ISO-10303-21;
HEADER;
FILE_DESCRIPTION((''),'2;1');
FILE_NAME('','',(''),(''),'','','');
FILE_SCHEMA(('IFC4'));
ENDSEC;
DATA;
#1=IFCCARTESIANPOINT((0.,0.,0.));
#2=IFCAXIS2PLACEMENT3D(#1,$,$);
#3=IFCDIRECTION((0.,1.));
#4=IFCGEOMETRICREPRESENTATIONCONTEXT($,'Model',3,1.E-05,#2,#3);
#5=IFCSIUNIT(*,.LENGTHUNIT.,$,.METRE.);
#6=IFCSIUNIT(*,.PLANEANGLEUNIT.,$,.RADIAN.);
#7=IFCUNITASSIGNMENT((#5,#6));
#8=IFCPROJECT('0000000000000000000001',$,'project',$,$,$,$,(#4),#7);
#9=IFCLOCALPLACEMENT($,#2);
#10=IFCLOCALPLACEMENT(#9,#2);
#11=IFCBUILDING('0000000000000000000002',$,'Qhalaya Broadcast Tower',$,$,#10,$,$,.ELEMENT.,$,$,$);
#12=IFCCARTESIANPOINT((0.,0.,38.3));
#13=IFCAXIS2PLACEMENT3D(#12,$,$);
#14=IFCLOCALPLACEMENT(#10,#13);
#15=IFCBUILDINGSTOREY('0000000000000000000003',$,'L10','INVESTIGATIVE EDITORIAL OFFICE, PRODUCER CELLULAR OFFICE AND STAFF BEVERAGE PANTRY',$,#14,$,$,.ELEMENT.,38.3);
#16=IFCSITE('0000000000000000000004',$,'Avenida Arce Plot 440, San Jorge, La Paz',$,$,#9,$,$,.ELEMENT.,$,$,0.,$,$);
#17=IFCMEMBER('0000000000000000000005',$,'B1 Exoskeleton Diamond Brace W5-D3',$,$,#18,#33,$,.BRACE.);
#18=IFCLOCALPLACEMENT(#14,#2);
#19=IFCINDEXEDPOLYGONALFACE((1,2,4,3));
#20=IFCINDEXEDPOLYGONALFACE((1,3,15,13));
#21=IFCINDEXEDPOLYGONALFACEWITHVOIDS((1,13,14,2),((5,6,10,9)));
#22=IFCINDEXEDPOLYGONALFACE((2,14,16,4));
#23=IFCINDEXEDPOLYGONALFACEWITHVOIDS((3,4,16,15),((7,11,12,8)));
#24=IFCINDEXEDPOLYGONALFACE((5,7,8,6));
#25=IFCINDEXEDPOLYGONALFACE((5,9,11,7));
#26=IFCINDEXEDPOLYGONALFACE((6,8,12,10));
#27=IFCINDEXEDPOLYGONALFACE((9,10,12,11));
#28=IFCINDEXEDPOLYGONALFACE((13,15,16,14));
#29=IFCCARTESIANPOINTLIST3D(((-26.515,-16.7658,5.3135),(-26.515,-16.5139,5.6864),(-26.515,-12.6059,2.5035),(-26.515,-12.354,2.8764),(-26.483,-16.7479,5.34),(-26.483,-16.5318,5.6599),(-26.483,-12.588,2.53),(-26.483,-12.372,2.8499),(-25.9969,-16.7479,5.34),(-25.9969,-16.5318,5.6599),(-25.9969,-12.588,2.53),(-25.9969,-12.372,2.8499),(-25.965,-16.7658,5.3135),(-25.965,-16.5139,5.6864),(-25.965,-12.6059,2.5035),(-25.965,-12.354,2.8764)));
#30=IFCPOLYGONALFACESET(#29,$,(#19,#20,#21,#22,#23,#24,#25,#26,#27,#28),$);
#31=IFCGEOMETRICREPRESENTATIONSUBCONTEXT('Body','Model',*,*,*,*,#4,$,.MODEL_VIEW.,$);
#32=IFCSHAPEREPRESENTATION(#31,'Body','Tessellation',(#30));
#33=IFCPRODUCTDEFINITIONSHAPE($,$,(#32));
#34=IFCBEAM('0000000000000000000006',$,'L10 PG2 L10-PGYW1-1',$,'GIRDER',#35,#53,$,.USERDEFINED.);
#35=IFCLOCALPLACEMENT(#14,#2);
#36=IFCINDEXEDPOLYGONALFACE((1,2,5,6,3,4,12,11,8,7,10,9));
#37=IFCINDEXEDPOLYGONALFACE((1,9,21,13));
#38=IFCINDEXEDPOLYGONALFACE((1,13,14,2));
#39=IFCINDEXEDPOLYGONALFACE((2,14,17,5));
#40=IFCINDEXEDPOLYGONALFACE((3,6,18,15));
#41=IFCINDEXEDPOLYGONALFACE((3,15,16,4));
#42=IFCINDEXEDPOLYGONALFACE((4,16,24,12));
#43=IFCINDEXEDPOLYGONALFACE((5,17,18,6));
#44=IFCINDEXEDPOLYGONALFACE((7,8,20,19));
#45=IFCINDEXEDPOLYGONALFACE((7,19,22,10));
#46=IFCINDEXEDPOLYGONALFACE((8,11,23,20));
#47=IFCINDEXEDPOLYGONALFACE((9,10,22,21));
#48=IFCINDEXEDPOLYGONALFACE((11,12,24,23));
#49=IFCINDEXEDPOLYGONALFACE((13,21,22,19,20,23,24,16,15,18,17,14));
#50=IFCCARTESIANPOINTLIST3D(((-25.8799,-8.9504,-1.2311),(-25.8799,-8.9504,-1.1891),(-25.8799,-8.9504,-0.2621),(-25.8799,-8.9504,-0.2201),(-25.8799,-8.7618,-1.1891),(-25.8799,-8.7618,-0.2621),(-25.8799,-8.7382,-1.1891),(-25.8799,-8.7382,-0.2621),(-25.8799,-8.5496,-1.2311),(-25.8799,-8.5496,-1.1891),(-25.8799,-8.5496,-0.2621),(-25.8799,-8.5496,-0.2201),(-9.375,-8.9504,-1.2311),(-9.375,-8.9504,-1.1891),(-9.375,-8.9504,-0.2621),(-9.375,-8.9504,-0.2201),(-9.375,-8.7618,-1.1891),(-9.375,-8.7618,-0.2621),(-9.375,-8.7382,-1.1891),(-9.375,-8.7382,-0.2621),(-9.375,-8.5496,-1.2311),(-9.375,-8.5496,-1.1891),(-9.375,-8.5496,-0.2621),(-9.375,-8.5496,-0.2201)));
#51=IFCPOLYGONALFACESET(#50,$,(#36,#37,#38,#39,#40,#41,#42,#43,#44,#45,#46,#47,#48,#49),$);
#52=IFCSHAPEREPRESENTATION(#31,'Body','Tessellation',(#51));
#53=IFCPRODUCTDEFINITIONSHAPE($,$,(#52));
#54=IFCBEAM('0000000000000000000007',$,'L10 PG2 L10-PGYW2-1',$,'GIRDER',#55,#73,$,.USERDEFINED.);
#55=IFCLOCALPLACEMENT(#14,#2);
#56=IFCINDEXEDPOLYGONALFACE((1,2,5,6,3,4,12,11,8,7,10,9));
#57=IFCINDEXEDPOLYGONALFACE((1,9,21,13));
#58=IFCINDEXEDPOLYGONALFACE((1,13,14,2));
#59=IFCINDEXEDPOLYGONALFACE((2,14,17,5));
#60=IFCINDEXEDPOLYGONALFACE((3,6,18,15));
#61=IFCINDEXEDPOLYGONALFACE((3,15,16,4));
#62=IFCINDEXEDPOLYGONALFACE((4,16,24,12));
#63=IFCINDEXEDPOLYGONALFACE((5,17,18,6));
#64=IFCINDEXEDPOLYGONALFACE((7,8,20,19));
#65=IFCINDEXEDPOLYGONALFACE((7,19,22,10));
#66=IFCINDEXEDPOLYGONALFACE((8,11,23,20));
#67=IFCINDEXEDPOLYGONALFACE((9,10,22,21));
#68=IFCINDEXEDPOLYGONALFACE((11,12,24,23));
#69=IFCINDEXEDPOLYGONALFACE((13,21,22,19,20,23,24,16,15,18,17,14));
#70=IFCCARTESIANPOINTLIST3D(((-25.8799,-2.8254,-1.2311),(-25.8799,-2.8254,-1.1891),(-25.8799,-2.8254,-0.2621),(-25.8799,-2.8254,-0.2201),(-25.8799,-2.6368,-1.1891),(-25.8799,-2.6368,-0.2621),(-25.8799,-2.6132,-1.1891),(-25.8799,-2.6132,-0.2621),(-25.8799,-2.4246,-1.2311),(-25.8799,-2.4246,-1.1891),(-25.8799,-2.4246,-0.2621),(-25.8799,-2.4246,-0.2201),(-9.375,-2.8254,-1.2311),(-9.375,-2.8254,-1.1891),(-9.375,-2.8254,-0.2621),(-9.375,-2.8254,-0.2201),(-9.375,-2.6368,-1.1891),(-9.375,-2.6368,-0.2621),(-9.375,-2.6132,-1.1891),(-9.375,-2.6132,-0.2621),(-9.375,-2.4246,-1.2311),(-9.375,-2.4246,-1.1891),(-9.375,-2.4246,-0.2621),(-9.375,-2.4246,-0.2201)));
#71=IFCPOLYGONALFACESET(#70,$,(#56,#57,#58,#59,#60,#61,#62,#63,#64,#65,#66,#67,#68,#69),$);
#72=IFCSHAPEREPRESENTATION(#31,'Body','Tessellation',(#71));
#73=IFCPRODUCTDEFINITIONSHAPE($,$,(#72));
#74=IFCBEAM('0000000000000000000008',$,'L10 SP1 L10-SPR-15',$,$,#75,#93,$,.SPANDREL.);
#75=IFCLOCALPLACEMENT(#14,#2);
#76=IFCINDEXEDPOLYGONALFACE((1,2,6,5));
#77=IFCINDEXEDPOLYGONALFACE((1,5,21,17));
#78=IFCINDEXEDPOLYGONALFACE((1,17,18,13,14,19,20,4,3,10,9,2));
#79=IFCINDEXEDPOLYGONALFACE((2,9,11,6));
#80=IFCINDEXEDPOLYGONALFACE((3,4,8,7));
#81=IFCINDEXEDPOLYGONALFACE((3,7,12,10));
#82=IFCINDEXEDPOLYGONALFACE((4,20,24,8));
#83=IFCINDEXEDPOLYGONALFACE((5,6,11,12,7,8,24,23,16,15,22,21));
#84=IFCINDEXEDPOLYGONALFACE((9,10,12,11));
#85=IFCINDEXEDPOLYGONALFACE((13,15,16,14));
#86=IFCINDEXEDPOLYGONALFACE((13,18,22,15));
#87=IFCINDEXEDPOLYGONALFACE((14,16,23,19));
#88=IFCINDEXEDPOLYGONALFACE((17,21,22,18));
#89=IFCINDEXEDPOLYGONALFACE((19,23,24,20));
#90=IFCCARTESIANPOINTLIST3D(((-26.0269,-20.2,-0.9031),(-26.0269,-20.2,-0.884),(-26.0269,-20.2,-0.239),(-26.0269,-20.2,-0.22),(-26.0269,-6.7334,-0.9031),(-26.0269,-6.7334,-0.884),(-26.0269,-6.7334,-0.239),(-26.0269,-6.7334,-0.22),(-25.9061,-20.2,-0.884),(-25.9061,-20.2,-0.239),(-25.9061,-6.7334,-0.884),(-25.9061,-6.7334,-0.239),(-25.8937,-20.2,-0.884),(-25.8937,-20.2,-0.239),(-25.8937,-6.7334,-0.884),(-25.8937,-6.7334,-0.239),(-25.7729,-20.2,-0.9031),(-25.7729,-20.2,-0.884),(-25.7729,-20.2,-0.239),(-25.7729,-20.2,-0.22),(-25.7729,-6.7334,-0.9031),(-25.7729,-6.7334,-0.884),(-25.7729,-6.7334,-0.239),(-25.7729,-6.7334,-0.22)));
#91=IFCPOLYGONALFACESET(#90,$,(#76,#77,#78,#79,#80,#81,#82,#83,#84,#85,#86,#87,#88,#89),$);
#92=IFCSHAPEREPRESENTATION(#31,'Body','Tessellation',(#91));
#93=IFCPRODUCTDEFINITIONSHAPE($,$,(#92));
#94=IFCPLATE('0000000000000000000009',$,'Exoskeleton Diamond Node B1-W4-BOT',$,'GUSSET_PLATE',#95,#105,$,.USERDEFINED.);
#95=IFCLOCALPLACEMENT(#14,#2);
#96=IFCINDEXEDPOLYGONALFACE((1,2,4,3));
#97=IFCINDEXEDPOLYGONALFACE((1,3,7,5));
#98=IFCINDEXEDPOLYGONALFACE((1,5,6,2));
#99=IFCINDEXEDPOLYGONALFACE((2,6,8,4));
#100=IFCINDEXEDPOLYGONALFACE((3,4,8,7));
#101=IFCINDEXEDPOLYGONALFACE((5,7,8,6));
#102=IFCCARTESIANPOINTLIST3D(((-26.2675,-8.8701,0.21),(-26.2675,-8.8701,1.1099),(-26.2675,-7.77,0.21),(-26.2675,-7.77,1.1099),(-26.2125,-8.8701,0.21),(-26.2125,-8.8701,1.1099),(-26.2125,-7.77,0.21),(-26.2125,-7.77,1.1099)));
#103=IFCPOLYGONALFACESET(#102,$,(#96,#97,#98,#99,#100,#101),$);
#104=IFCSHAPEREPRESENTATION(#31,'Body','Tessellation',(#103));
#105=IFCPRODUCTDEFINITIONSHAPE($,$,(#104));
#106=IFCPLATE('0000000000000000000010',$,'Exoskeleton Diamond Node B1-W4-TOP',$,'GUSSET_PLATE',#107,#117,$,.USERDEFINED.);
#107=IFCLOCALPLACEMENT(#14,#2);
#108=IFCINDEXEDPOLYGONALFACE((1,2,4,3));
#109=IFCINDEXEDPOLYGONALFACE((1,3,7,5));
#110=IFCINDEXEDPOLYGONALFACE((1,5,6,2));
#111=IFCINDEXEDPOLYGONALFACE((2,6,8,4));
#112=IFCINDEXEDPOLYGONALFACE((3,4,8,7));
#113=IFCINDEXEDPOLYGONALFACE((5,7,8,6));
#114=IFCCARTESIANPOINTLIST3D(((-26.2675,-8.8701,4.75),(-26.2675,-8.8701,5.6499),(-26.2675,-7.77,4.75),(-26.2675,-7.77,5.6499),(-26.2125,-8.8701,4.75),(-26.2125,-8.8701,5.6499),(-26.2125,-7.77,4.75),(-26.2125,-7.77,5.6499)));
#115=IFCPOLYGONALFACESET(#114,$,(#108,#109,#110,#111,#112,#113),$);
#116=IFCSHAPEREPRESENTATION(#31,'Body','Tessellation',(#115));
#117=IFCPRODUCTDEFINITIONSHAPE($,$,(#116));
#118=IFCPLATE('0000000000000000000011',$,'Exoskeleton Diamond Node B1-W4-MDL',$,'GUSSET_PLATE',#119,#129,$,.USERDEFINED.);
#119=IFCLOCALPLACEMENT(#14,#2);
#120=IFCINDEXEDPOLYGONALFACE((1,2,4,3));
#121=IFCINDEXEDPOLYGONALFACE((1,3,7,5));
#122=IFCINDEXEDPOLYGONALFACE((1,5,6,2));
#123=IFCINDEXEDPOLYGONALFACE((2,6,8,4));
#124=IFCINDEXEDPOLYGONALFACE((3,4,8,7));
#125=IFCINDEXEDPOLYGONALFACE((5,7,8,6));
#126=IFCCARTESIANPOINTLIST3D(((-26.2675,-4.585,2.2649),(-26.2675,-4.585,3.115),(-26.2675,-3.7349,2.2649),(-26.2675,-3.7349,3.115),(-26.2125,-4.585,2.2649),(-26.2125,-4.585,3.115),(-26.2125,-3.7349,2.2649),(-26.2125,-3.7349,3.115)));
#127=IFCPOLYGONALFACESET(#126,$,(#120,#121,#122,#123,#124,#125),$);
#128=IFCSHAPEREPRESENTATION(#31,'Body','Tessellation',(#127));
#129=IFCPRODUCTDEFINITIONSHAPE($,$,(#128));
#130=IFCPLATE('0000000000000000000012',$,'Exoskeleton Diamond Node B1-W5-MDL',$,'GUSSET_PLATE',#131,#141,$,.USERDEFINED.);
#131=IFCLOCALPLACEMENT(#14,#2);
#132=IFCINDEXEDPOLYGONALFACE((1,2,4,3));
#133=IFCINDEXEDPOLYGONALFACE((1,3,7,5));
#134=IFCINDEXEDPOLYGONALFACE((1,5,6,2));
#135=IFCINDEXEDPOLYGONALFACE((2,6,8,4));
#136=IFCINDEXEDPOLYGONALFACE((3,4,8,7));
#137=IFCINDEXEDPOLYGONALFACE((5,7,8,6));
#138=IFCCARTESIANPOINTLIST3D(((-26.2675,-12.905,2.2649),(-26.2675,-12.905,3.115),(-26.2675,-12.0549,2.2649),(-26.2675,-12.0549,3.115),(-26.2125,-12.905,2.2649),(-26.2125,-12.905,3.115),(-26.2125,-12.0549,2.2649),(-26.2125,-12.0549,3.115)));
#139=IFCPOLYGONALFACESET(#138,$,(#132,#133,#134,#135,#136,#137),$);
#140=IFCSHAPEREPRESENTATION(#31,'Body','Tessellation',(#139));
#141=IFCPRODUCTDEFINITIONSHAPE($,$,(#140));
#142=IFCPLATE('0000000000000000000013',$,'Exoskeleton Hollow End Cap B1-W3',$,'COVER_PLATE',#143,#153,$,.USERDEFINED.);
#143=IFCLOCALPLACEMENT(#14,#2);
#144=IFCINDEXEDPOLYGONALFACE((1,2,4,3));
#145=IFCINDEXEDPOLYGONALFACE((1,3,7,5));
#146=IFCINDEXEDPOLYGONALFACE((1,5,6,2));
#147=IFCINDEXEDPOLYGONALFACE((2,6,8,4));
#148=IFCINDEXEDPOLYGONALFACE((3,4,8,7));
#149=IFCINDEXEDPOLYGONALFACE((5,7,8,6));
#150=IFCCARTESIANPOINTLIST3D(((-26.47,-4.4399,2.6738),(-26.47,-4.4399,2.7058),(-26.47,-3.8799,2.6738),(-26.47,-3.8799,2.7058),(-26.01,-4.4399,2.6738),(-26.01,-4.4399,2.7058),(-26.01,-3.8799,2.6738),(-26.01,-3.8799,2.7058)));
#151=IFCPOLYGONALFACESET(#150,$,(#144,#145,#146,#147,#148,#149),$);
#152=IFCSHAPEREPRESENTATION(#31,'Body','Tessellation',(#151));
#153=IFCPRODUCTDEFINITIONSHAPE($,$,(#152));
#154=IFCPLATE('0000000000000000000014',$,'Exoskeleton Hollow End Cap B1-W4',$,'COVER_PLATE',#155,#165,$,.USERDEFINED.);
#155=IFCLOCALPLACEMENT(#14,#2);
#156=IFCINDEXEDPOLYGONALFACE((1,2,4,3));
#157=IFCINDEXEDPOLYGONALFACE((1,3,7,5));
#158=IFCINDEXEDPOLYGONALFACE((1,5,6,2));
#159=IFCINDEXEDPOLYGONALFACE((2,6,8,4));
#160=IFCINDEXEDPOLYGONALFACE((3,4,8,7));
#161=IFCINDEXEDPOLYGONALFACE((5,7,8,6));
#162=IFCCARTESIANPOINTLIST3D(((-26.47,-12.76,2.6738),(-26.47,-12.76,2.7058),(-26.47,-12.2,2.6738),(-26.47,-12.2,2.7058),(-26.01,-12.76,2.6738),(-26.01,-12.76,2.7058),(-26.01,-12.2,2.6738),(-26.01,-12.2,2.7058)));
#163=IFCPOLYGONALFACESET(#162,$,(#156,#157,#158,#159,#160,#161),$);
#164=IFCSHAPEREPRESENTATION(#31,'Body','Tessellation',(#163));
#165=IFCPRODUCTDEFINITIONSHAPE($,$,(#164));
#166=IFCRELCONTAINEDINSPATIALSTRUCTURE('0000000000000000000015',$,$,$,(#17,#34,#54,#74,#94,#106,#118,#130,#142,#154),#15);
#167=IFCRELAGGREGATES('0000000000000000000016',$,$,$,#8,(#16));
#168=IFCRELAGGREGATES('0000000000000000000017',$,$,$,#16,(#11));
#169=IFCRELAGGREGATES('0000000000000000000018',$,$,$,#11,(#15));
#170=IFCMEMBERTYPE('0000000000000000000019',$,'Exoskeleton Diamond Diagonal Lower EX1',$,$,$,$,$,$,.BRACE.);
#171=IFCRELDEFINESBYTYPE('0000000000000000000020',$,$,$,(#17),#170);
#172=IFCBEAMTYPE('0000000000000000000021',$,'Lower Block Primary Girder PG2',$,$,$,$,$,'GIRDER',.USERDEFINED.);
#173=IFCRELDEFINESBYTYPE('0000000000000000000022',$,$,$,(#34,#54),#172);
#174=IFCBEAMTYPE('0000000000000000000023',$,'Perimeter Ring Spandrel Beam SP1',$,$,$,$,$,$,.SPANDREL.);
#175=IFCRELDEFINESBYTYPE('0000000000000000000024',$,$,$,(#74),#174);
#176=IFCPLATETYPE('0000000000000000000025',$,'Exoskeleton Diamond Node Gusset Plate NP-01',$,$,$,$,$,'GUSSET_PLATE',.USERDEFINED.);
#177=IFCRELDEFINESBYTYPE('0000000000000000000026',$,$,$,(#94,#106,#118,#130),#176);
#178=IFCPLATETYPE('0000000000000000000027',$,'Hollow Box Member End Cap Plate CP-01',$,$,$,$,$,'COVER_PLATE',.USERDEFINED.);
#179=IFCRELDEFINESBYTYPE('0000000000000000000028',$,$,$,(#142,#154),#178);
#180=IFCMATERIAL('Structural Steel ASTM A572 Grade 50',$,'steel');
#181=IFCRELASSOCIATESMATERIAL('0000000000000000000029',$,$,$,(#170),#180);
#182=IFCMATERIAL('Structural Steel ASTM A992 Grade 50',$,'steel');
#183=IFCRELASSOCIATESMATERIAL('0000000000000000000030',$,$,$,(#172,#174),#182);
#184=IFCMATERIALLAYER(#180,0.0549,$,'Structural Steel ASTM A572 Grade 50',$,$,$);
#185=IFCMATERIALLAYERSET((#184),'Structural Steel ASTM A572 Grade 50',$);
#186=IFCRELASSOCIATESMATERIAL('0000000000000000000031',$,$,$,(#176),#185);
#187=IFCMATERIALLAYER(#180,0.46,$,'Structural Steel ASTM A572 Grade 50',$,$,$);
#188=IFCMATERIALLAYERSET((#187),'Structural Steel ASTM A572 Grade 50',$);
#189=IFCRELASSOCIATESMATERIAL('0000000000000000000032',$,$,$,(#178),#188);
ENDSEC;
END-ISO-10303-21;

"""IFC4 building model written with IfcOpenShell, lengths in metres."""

from ifc_helpers import new_model, si_unit, direction, frame, origin, origin_2d, place, context, subcontext, project, spatial, rectangle, hollow_rectangle, i_section, extrude, material, layer, layer_set, material_profile, profile_set, type_object, element, save


model = new_model("IFC4")

# Units and contexts
model_context = context("Model", 3, precision=1e-05, world=origin(), true_north=direction((0.0, 1.0)))
body_context = subcontext(model_context, "Body", "Model", "MODEL_VIEW")
ifc_project = project(units=[si_unit("LENGTHUNIT", "METRE"), si_unit("PLANEANGLEUNIT", "RADIAN")], contexts=[model_context])

# Site, building, storey
site_placement = place(None, origin())
site = spatial("IfcSite", under=ifc_project, at=site_placement, Name="Avenida Arce Plot 440, San Jorge, La Paz", CompositionType="ELEMENT", RefElevation=0.0)
building_placement = place(site_placement, origin())
building = spatial("IfcBuilding", under=site, at=building_placement, Name="Qhalaya Broadcast Tower", CompositionType="ELEMENT")
storey_placement = place(building_placement, frame((0.0, 0.0, 38.3)))
storey = spatial("IfcBuildingStorey", under=building, at=storey_placement, Name="L10", Description="INVESTIGATIVE EDITORIAL OFFICE, PRODUCER CELLULAR OFFICE AND STAFF BEVERAGE PANTRY", CompositionType="ELEMENT", Elevation=38.3)

# Shared definitions
ifc_material_1 = material(Name="Structural Steel ASTM A992 Grade 50", Category="steel")
ifc_material_2 = material(Name="Structural Steel ASTM A572 Grade 50", Category="steel")

# Member
ifc_material_profile_1 = material_profile(ifc_material_2, hollow_rectangle(XDim=0.45, YDim=0.55, WallThickness=0.032, at=origin_2d()), Name="BOX 450x550x32")
ifc_profile_set_1 = profile_set([ifc_material_profile_1], Name="Structural Steel ASTM A572 Grade 50")
member_type = type_object("IfcMemberType", Name="Exoskeleton Diamond Diagonal Lower EX1", PredefinedType="BRACE", material=ifc_profile_set_1)
for number, where, z_axis, x_axis, name in (
    (1, (-26.24, -12.48, 2.6899), (0.0, -0.828653, 0.559763), (0.0, 0.559763, 0.828653), "B1 Exoskeleton Diamond Brace W5-D3"),
):
    element("IfcMember", number, at=place(storey_placement, frame(where, z_axis=z_axis, x_axis=x_axis)), inside=storey, type_object=member_type, Name=name, PredefinedType="BRACE", context=body_context, shape_type="SweptSolid", body=[
        extrude(hollow_rectangle(XDim=0.45, YDim=0.55, WallThickness=0.032, at=origin_2d()), origin(), (0.0, 0.0, 1.0), 5.02),
    ])

# Beams
ifc_material_profile_2 = material_profile(ifc_material_1, i_section(OverallWidth=0.4009, OverallDepth=1.011, WebThickness=0.0237, FlangeThickness=0.042, at=origin_2d()), Name="W40X297")
ifc_profile_set_2 = profile_set([ifc_material_profile_2], Name="Structural Steel ASTM A992 Grade 50")
beam_type_1 = type_object("IfcBeamType", Name="Lower Block Primary Girder PG2", ElementType="GIRDER", PredefinedType="USERDEFINED", material=ifc_profile_set_2)
for number, where, z_axis, x_axis, name in (
    (2, (-25.8799, -8.75, -0.7256), (1.0, 0.0, 0.0), (0.0, 1.0, 0.0), "L10 PG2 L10-PGYW1-1"),
    (3, (-25.8799, -2.625, -0.7256), (1.0, 0.0, 0.0), (0.0, 1.0, 0.0), "L10 PG2 L10-PGYW2-1"),
):
    element("IfcBeam", number, at=place(storey_placement, frame(where, z_axis=z_axis, x_axis=x_axis)), inside=storey, type_object=beam_type_1, Name=name, ObjectType="GIRDER", PredefinedType="USERDEFINED", context=body_context, shape_type="SweptSolid", body=[
        extrude(i_section(OverallWidth=0.4009, OverallDepth=1.011, WebThickness=0.0237, FlangeThickness=0.042, at=origin_2d()), origin(), (0.0, 0.0, 1.0), 16.5049),
    ])
ifc_material_profile_3 = material_profile(ifc_material_1, i_section(OverallWidth=0.2539, OverallDepth=0.6831, WebThickness=0.0125, FlangeThickness=0.019, at=origin_2d()), Name="W27X94")
ifc_profile_set_3 = profile_set([ifc_material_profile_3], Name="Structural Steel ASTM A992 Grade 50")
beam_type_2 = type_object("IfcBeamType", Name="Perimeter Ring Spandrel Beam SP1", PredefinedType="SPANDREL", material=ifc_profile_set_3)
beam_placement = place(storey_placement, frame((-25.8999, -6.7334, -0.5615), z_axis=(0.0, -1.0, 0.0), x_axis=(1.0, 0.0, 0.0)))
element("IfcBeam", 4, at=beam_placement, inside=storey, type_object=beam_type_2, Name="L10 SP1 L10-SPR-15", PredefinedType="SPANDREL", context=body_context, shape_type="SweptSolid", body=[
    extrude(i_section(OverallWidth=0.2539, OverallDepth=0.6831, WebThickness=0.0125, FlangeThickness=0.019, at=origin_2d()), origin(), (0.0, 0.0, 1.0), 13.4666),
])

# Plates
ifc_layer_1 = layer(ifc_material_2, 0.0549, Name="Structural Steel ASTM A572 Grade 50")
ifc_layer_set_1 = layer_set([ifc_layer_1], Name="Structural Steel ASTM A572 Grade 50")
plate_type_1 = type_object("IfcPlateType", Name="Exoskeleton Diamond Node Gusset Plate NP-01", ElementType="GUSSET_PLATE", PredefinedType="USERDEFINED", material=ifc_layer_set_1)
for number, where, z_axis, x_axis, name in (
    (5, (-26.24, -8.3201, 0.21), (0.0, 0.0, 1.0), (0.0, 1.0, 0.0), "Exoskeleton Diamond Node B1-W4-BOT"),
    (6, (-26.24, -8.3201, 4.75), (0.0, 0.0, 1.0), (0.0, 1.0, 0.0), "Exoskeleton Diamond Node B1-W4-TOP"),
):
    element("IfcPlate", number, at=place(storey_placement, frame(where, z_axis=z_axis, x_axis=x_axis)), inside=storey, type_object=plate_type_1, Name=name, ObjectType="GUSSET_PLATE", PredefinedType="USERDEFINED", context=body_context, shape_type="SweptSolid", body=[
        extrude(rectangle(XDim=1.1001, YDim=0.0549, at=origin_2d()), origin(), (0.0, 0.0, 1.0), 0.8999),
    ])
for number, where, z_axis, x_axis, name in (
    (7, (-26.24, -4.1599, 2.2649), (0.0, 0.0, 1.0), (0.0, 1.0, 0.0), "Exoskeleton Diamond Node B1-W4-MDL"),
    (8, (-26.24, -12.48, 2.2649), (0.0, 0.0, 1.0), (0.0, 1.0, 0.0), "Exoskeleton Diamond Node B1-W5-MDL"),
):
    element("IfcPlate", number, at=place(storey_placement, frame(where, z_axis=z_axis, x_axis=x_axis)), inside=storey, type_object=plate_type_1, Name=name, ObjectType="GUSSET_PLATE", PredefinedType="USERDEFINED", context=body_context, shape_type="SweptSolid", body=[
        extrude(rectangle(XDim=0.8501, YDim=0.0549, at=origin_2d()), origin(), (0.0, 0.0, 1.0), 0.8501),
    ])
ifc_layer_2 = layer(ifc_material_2, 0.46, Name="Structural Steel ASTM A572 Grade 50")
ifc_layer_set_2 = layer_set([ifc_layer_2], Name="Structural Steel ASTM A572 Grade 50")
plate_type_2 = type_object("IfcPlateType", Name="Hollow Box Member End Cap Plate CP-01", ElementType="COVER_PLATE", PredefinedType="USERDEFINED", material=ifc_layer_set_2)
for number, where, z_axis, x_axis, name in (
    (9, (-26.24, -4.1599, 2.6738), (0.0, 0.0, 1.0), (0.0, 1.0, 0.0), "Exoskeleton Hollow End Cap B1-W3"),
    (10, (-26.24, -12.48, 2.6738), (0.0, 0.0, 1.0), (0.0, 1.0, 0.0), "Exoskeleton Hollow End Cap B1-W4"),
):
    element("IfcPlate", number, at=place(storey_placement, frame(where, z_axis=z_axis, x_axis=x_axis)), inside=storey, type_object=plate_type_2, Name=name, ObjectType="COVER_PLATE", PredefinedType="USERDEFINED", context=body_context, shape_type="SweptSolid", body=[
        extrude(rectangle(XDim=0.5601, YDim=0.46, at=origin_2d()), origin(), (0.0, 0.0, 1.0), 0.032),
    ])

save(model, "model.ifc")
